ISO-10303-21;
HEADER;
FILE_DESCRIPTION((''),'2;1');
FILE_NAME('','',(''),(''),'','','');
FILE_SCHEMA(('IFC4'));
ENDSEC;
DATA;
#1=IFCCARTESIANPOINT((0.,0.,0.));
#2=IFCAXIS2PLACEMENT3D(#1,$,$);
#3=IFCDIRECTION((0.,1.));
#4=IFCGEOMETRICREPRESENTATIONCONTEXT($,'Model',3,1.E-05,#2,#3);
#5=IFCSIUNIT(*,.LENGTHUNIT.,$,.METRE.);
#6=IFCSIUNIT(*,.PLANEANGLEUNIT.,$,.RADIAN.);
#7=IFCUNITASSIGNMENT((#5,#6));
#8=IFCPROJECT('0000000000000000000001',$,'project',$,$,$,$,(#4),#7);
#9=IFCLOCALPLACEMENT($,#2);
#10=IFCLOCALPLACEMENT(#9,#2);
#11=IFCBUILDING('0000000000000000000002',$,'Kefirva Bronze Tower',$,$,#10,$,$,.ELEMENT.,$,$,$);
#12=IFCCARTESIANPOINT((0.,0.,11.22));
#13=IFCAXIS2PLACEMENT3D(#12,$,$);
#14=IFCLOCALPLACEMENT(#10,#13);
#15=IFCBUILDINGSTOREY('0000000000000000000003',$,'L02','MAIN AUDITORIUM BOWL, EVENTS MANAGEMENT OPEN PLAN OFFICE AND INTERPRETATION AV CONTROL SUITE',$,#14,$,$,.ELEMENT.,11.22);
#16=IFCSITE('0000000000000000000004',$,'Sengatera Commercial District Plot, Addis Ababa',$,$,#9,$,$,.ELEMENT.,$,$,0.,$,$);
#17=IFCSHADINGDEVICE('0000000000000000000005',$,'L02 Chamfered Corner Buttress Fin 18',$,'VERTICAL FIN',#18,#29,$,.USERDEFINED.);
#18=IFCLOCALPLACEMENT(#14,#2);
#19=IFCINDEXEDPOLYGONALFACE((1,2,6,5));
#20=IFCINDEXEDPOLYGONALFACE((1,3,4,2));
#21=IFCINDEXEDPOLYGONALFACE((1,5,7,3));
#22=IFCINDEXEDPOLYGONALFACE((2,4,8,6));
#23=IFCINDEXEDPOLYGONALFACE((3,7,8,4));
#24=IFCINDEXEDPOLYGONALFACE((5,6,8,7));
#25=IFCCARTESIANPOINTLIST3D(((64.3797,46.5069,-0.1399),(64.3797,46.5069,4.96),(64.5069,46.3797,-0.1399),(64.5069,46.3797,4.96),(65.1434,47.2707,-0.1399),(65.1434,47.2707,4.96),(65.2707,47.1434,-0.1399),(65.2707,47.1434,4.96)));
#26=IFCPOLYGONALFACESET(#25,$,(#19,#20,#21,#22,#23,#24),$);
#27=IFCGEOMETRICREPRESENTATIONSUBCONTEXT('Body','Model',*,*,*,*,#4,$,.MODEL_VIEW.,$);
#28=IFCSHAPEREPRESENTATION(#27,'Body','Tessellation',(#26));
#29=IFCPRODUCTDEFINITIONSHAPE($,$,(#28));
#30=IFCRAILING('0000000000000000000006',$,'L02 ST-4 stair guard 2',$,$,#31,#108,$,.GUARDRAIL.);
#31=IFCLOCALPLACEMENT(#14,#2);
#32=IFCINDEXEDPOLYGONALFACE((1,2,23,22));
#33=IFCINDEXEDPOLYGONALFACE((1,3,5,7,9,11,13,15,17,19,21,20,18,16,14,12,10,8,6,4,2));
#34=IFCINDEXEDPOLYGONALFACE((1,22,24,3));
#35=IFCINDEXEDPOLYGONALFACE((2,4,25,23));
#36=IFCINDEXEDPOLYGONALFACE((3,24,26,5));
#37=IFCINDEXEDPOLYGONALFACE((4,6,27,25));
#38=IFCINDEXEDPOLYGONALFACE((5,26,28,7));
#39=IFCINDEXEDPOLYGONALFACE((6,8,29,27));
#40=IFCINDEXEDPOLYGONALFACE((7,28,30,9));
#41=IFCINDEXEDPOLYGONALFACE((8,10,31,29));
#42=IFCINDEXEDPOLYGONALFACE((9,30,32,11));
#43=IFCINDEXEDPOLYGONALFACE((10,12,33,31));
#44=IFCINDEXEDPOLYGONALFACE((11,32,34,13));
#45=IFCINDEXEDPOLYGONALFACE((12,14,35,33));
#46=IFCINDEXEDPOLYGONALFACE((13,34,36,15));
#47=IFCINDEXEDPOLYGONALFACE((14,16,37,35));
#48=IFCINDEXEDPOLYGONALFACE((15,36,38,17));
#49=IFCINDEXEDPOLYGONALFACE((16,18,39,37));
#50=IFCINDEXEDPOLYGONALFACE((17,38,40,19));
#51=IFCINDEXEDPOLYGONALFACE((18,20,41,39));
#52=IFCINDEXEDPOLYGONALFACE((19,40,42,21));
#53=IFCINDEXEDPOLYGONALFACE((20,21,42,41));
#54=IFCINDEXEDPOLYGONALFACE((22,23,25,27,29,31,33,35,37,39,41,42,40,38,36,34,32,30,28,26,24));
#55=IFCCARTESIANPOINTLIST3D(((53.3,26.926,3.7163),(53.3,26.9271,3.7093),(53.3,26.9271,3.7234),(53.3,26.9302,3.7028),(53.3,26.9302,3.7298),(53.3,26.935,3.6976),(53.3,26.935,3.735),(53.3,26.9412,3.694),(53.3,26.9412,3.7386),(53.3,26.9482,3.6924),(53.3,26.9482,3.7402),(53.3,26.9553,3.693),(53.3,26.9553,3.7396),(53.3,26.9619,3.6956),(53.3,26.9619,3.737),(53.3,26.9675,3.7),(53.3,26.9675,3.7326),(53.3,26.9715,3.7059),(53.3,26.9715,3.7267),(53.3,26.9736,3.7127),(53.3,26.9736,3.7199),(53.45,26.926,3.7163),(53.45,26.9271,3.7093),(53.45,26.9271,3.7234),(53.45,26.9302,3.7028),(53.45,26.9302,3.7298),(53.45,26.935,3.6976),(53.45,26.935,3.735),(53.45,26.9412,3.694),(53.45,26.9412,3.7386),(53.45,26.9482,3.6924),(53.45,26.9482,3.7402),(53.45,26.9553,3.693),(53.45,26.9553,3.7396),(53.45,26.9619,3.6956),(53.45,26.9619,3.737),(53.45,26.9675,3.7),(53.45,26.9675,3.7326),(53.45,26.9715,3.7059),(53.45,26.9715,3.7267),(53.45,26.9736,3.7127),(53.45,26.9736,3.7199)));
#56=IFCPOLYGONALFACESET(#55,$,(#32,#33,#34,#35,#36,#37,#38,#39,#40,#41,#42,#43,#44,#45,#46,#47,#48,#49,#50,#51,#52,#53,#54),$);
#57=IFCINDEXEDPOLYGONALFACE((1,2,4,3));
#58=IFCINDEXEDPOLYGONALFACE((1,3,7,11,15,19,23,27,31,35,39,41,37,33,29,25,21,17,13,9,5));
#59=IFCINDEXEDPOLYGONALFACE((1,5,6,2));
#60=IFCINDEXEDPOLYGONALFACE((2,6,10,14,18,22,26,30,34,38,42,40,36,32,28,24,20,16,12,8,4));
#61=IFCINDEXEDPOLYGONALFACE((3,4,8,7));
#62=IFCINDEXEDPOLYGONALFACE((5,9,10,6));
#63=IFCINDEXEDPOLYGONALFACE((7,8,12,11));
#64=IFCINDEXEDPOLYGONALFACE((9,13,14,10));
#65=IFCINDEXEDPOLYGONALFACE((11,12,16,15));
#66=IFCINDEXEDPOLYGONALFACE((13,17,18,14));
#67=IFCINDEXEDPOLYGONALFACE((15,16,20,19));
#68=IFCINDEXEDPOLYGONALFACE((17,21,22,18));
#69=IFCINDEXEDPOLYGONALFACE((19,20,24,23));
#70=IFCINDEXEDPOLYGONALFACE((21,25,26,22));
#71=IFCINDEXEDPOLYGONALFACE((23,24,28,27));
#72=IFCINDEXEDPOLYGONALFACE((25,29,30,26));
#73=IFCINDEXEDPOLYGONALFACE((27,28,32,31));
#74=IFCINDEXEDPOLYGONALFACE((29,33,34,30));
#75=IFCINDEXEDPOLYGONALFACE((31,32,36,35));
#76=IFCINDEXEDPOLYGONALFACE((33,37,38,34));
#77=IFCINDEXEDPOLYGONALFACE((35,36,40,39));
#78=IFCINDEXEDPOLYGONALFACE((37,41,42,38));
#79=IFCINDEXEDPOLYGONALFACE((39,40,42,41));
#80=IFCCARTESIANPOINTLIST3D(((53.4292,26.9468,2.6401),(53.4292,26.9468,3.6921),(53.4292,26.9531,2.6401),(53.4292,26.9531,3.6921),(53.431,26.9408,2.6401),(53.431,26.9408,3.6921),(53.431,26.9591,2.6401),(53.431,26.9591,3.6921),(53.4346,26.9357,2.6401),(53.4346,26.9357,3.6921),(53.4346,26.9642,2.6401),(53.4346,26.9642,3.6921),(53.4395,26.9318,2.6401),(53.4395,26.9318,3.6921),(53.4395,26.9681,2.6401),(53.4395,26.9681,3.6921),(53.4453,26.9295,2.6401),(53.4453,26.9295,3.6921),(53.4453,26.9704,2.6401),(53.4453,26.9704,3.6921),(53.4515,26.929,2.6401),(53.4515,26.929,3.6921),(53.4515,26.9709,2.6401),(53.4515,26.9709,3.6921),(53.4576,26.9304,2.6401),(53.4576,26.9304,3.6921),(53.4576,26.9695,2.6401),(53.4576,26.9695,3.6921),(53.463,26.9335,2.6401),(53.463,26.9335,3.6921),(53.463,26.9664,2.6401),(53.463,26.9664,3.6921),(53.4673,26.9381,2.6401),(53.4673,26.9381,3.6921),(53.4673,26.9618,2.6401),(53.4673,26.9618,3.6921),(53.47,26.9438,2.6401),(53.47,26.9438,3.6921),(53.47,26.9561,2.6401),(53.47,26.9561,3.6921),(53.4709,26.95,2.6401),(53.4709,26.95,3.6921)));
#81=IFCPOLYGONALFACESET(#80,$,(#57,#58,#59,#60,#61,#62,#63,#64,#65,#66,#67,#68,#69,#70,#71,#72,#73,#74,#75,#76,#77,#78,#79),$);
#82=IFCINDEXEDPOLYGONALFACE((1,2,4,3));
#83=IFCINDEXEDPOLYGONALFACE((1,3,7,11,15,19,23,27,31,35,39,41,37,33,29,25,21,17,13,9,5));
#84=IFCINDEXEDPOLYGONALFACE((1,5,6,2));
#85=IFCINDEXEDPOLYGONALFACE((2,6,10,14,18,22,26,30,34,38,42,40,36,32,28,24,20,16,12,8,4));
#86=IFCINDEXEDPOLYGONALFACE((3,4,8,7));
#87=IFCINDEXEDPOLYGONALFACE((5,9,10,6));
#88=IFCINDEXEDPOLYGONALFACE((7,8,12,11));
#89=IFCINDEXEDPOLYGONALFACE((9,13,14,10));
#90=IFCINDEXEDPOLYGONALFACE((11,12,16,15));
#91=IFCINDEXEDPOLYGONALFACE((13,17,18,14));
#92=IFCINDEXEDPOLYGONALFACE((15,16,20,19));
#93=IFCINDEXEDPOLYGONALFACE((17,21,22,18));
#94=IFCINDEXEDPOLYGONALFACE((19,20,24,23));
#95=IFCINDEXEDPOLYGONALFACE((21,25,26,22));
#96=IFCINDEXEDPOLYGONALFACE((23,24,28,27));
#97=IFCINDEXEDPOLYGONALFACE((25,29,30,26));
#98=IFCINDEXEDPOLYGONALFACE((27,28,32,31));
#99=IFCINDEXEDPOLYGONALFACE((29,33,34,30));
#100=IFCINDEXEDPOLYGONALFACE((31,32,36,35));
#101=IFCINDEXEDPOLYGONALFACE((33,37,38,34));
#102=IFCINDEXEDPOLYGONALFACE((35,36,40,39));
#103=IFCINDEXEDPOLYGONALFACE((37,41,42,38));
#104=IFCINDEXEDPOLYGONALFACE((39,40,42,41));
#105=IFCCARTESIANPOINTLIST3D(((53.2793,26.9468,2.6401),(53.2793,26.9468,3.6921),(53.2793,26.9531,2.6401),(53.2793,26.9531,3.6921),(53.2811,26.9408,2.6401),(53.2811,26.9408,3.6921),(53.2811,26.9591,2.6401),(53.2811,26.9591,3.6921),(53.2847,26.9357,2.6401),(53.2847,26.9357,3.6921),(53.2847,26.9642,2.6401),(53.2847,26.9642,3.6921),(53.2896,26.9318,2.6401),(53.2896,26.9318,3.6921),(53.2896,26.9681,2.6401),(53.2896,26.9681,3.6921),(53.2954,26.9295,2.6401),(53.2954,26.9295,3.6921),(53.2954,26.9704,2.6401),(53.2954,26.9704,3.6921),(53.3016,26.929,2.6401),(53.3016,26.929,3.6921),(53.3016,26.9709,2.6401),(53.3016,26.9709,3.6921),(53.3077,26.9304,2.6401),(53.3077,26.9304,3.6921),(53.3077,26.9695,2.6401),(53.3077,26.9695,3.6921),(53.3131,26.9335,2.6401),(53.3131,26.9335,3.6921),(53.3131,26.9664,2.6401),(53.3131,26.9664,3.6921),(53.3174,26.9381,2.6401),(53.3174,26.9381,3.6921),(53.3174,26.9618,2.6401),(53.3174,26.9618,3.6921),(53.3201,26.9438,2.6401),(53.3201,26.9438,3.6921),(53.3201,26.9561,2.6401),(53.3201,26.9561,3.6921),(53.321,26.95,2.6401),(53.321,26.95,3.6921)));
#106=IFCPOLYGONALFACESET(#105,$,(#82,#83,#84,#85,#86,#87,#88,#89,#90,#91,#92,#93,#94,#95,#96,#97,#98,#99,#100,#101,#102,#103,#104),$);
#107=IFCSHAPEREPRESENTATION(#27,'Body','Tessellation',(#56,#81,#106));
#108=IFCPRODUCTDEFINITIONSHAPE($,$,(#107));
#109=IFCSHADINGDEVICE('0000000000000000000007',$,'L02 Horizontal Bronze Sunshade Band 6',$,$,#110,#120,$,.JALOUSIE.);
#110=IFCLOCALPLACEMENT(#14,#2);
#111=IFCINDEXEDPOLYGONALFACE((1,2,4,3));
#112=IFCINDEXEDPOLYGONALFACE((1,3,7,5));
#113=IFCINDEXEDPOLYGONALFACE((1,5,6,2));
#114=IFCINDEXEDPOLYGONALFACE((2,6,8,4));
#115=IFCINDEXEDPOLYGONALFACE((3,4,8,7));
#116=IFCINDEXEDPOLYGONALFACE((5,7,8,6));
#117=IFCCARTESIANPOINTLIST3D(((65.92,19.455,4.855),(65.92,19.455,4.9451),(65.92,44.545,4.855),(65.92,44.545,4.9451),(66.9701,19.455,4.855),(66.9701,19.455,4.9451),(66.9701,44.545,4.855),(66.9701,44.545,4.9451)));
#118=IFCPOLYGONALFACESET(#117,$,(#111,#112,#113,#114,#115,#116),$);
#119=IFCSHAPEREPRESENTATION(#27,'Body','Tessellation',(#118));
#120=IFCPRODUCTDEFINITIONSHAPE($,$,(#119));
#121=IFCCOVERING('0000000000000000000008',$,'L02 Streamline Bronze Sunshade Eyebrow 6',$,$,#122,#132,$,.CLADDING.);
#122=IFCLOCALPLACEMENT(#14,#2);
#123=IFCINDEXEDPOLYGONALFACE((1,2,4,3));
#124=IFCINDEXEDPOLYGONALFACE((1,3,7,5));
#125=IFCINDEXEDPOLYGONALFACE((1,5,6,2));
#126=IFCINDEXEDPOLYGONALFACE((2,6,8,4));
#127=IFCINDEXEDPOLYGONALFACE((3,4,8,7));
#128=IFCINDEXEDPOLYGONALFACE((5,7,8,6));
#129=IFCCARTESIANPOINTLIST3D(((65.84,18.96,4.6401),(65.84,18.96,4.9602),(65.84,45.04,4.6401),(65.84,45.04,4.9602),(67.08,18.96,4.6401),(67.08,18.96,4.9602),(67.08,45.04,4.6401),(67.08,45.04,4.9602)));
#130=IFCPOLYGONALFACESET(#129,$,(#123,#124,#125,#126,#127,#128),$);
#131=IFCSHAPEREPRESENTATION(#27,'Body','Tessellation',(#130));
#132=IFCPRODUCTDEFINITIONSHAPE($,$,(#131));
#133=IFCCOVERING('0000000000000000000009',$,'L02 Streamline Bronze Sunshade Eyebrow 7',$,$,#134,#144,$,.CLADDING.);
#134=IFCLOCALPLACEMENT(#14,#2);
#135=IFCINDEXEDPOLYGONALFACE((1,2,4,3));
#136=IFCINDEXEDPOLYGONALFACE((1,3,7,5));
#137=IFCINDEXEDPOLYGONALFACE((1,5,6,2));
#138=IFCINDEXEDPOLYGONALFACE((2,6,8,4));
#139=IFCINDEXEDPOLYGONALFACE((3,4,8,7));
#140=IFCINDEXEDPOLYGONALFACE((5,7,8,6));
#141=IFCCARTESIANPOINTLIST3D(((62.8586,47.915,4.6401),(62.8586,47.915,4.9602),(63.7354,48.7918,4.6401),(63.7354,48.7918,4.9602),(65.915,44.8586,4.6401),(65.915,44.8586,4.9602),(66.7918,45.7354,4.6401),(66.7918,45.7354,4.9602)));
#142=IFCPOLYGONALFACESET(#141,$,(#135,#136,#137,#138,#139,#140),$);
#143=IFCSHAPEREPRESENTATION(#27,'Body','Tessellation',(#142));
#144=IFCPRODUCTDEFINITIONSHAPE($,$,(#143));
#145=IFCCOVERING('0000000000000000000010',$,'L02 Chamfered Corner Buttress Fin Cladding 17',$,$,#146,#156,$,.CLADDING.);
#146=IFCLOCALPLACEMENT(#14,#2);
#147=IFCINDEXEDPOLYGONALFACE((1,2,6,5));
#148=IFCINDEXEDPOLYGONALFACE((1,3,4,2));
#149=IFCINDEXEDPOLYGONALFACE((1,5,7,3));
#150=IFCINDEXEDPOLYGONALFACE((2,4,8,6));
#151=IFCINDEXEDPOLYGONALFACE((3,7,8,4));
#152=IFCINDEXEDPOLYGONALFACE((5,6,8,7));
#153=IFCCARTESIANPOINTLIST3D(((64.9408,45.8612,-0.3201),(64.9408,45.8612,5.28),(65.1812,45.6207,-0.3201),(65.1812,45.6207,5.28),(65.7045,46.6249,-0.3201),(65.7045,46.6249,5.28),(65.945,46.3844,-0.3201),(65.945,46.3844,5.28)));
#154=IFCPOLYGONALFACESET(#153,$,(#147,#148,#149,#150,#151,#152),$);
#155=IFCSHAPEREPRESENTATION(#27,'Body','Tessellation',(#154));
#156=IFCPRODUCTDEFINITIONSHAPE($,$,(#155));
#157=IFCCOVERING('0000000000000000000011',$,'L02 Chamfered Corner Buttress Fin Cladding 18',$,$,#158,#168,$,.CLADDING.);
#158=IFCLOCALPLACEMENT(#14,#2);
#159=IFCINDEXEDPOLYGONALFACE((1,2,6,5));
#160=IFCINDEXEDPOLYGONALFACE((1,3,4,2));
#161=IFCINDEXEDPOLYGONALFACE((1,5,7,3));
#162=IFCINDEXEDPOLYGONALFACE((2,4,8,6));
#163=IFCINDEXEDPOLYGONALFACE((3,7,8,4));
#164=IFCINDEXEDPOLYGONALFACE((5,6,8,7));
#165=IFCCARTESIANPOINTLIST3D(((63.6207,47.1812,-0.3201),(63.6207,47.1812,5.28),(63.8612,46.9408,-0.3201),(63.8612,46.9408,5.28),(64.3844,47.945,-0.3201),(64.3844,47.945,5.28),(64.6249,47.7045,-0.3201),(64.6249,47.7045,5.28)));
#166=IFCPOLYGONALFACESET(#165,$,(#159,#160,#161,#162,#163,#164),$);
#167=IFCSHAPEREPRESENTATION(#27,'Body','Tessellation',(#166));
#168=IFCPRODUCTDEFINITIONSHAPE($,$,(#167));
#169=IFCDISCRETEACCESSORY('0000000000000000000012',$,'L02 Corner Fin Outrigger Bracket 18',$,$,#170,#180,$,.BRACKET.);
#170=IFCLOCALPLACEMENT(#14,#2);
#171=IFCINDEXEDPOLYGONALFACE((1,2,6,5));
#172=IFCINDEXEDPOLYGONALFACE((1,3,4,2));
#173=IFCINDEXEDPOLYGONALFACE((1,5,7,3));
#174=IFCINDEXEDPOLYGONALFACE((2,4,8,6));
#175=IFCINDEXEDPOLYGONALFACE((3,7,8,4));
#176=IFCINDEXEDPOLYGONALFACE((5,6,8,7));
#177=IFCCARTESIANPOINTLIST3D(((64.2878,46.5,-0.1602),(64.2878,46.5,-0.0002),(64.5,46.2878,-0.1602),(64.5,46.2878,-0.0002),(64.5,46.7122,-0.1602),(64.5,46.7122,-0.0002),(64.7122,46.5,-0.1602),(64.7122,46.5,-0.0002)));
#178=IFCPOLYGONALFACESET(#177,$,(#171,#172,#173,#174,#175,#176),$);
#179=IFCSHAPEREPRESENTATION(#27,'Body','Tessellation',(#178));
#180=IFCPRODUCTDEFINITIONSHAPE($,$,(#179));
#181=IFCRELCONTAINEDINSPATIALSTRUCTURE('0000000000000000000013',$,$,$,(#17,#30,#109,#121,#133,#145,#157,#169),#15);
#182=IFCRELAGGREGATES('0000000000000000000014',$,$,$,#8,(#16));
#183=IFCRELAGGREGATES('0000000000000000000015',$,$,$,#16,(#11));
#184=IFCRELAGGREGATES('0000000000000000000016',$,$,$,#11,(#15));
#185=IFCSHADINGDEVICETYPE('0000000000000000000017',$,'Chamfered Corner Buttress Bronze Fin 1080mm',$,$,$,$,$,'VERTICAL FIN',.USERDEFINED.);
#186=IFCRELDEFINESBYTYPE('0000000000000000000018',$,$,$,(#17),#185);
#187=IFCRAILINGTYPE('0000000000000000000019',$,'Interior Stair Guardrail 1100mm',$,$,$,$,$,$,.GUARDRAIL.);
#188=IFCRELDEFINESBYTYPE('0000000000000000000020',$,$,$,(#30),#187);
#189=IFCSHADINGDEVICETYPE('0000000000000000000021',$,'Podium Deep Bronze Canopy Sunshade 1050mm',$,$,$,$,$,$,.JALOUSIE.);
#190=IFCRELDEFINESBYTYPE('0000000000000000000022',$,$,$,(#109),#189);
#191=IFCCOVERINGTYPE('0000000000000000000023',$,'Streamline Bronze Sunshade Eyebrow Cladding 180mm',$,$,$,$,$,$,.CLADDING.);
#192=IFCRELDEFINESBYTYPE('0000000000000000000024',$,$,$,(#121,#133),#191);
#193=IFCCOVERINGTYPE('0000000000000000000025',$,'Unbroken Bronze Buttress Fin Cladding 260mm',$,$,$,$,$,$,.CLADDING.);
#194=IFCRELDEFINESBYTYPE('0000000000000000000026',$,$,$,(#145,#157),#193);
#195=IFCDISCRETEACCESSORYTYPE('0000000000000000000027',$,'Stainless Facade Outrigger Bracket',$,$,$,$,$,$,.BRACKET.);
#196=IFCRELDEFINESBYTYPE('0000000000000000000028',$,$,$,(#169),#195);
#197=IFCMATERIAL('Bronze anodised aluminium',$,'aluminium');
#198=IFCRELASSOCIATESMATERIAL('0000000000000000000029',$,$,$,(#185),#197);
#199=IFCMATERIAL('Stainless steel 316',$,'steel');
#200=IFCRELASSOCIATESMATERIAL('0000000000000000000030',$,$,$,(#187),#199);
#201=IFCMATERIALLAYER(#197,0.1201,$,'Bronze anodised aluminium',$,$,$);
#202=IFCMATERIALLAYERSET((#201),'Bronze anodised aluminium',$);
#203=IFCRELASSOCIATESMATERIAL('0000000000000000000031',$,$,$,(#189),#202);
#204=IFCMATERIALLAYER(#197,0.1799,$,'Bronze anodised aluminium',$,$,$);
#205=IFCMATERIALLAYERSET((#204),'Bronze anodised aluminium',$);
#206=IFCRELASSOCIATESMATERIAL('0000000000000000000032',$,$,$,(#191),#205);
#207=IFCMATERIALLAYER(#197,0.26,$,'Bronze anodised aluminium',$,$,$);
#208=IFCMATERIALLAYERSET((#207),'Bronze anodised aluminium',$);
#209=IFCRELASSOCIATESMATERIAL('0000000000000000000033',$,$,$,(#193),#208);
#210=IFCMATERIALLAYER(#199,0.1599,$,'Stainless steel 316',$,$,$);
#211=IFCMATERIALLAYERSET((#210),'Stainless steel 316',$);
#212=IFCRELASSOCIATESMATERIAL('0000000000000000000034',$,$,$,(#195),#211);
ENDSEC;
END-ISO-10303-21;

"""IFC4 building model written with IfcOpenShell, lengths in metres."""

from ifc_helpers import new_model, si_unit, direction, frame, origin, origin_2d, place, context, subcontext, project, spatial, rectangle, circle, extrude, material, layer, layer_set, material_profile, profile_set, type_object, element, save


model = new_model("IFC4")

# Units and contexts
model_context = context("Model", 3, precision=1e-05, world=origin(), true_north=direction((0.0, 1.0)))
body_context = subcontext(model_context, "Body", "Model", "MODEL_VIEW")
ifc_project = project(units=[si_unit("LENGTHUNIT", "METRE"), si_unit("PLANEANGLEUNIT", "RADIAN")], contexts=[model_context])

# Site, building, storey
site_placement = place(None, origin())
site = spatial("IfcSite", under=ifc_project, at=site_placement, Name="Sengatera Commercial District Plot, Addis Ababa", CompositionType="ELEMENT", RefElevation=0.0)
building_placement = place(site_placement, origin())
building = spatial("IfcBuilding", under=site, at=building_placement, Name="Kefirva Bronze Tower", CompositionType="ELEMENT")
storey_placement = place(building_placement, frame((0.0, 0.0, 11.22)))
storey = spatial("IfcBuildingStorey", under=building, at=storey_placement, Name="L02", Description="MAIN AUDITORIUM BOWL, EVENTS MANAGEMENT OPEN PLAN OFFICE AND INTERPRETATION AV CONTROL SUITE", CompositionType="ELEMENT", Elevation=11.22)

# Shared definitions
ifc_material_1 = material(Name="Bronze anodised aluminium", Category="aluminium")

# Shading device
ifc_material_profile_1 = material_profile(ifc_material_1, rectangle(XDim=0.1799, YDim=1.0801, at=origin_2d()), Name="BRONZE BUTTRESS FIN 180x1080")
ifc_profile_set_1 = profile_set([ifc_material_profile_1], Name="Bronze anodised aluminium")
shading_device_type_1 = type_object("IfcShadingDeviceType", Name="Chamfered Corner Buttress Bronze Fin 1080mm", ElementType="VERTICAL FIN", PredefinedType="USERDEFINED", material=ifc_profile_set_1)
shading_device_1_placement = place(storey_placement, frame((64.8252, 46.8252, -0.1399), z_axis=(0.0, 0.0, 1.0), x_axis=(-0.707107, 0.707107, 0.0)))
element("IfcShadingDevice", 1, at=shading_device_1_placement, inside=storey, type_object=shading_device_type_1, Name="L02 Chamfered Corner Buttress Fin 18", ObjectType="VERTICAL FIN", PredefinedType="USERDEFINED", context=body_context, shape_type="SweptSolid", body=[
    extrude(rectangle(XDim=0.1799, YDim=1.0801, at=origin_2d()), origin(), (0.0, 0.0, 1.0), 5.0999),
])

# Railing
ifc_material_2 = material(Name="Stainless steel 316", Category="steel")
railing_type = type_object("IfcRailingType", Name="Interior Stair Guardrail 1100mm", PredefinedType="GUARDRAIL", material=ifc_material_2)
railing_placement = place(storey_placement, frame((53.45, 26.95, 2.6401)))
element("IfcRailing", 2, at=railing_placement, inside=storey, type_object=railing_type, Name="L02 ST-4 stair guard 2", PredefinedType="GUARDRAIL", context=body_context, shape_type="SweptSolid", body=[
    extrude(circle(Radius=0.0239, at=origin_2d()), frame((0.0, 0.0, 1.0762), z_axis=(-1.0, 0.0, 0.0), x_axis=(0.0, -1.0, 0.0)), (0.0, 0.0, 1.0), 0.1499),
    extrude(circle(Radius=0.021, at=origin_2d()), origin(), (0.0, 0.0, 1.0), 1.052),
    extrude(circle(Radius=0.021, at=origin_2d()), frame((-0.1499, 0.0, 0.0)), (0.0, 0.0, 1.0), 1.052),
])

# Shading device
ifc_layer_1 = layer(ifc_material_1, 0.1201, Name="Bronze anodised aluminium")
ifc_layer_set_1 = layer_set([ifc_layer_1], Name="Bronze anodised aluminium")
shading_device_type_2 = type_object("IfcShadingDeviceType", Name="Podium Deep Bronze Canopy Sunshade 1050mm", PredefinedType="JALOUSIE", material=ifc_layer_set_1)
shading_device_2_placement = place(storey_placement, frame((66.4451, 32.0, 4.855), z_axis=(0.0, 0.0, 1.0), x_axis=(0.0, 1.0, 0.0)))
element("IfcShadingDevice", 3, at=shading_device_2_placement, inside=storey, type_object=shading_device_type_2, Name="L02 Horizontal Bronze Sunshade Band 6", PredefinedType="JALOUSIE", context=body_context, shape_type="SweptSolid", body=[
    extrude(rectangle(XDim=25.0901, YDim=1.05, at=origin_2d()), origin(), (0.0, 0.0, 1.0), 0.0901),
])

# Coverings
ifc_layer_2 = layer(ifc_material_1, 0.1799, Name="Bronze anodised aluminium")
ifc_layer_set_2 = layer_set([ifc_layer_2], Name="Bronze anodised aluminium")
covering_type_1 = type_object("IfcCoveringType", Name="Streamline Bronze Sunshade Eyebrow Cladding 180mm", PredefinedType="CLADDING", material=ifc_layer_set_2)
covering_1_placement = place(storey_placement, frame((66.46, 32.0, 4.6401), z_axis=(0.0, 0.0, 1.0), x_axis=(0.0, 1.0, 0.0)))
element("IfcCovering", 4, at=covering_1_placement, inside=storey, type_object=covering_type_1, Name="L02 Streamline Bronze Sunshade Eyebrow 6", PredefinedType="CLADDING", context=body_context, shape_type="SweptSolid", body=[
    extrude(rectangle(XDim=26.0801, YDim=1.24, at=origin_2d()), origin(), (0.0, 0.0, 1.0), 0.3201),
])
covering_2_placement = place(storey_placement, frame((64.8252, 46.8252, 4.6401), z_axis=(0.0, 0.0, 1.0), x_axis=(-0.707107, 0.707107, 0.0)))
element("IfcCovering", 5, at=covering_2_placement, inside=storey, type_object=covering_type_1, Name="L02 Streamline Bronze Sunshade Eyebrow 7", PredefinedType="CLADDING", context=body_context, shape_type="SweptSolid", body=[
    extrude(rectangle(XDim=4.3225, YDim=1.24, at=origin_2d()), origin(), (0.0, 0.0, 1.0), 0.3201),
])
ifc_layer_3 = layer(ifc_material_1, 0.26, Name="Bronze anodised aluminium")
ifc_layer_set_3 = layer_set([ifc_layer_3], Name="Bronze anodised aluminium")
covering_type_2 = type_object("IfcCoveringType", Name="Unbroken Bronze Buttress Fin Cladding 260mm", PredefinedType="CLADDING", material=ifc_layer_set_3)
for number, where, z_axis, x_axis, name in (
    (6, (65.4429, 46.1228, -0.3201), (0.0, 0.0, 1.0), (-0.707107, 0.707107, 0.0), "L02 Chamfered Corner Buttress Fin Cladding 17"),
    (7, (64.1228, 47.4429, -0.3201), (0.0, 0.0, 1.0), (-0.707107, 0.707107, 0.0), "L02 Chamfered Corner Buttress Fin Cladding 18"),
):
    element("IfcCovering", number, at=place(storey_placement, frame(where, z_axis=z_axis, x_axis=x_axis)), inside=storey, type_object=covering_type_2, Name=name, PredefinedType="CLADDING", context=body_context, shape_type="SweptSolid", body=[
        extrude(rectangle(XDim=0.3401, YDim=1.0801, at=origin_2d()), origin(), (0.0, 0.0, 1.0), 5.6001),
    ])

# Discrete accessory
ifc_layer_4 = layer(ifc_material_2, 0.1599, Name="Stainless steel 316")
ifc_layer_set_4 = layer_set([ifc_layer_4], Name="Stainless steel 316")
discrete_accessory_type = type_object("IfcDiscreteAccessoryType", Name="Stainless Facade Outrigger Bracket", PredefinedType="BRACKET", material=ifc_layer_set_4)
discrete_accessory_placement = place(storey_placement, frame((64.5, 46.5, -0.1602), z_axis=(0.0, 0.0, 1.0), x_axis=(-0.707107, 0.707107, 0.0)))
element("IfcDiscreteAccessory", 8, at=discrete_accessory_placement, inside=storey, type_object=discrete_accessory_type, Name="L02 Corner Fin Outrigger Bracket 18", PredefinedType="BRACKET", context=body_context, shape_type="SweptSolid", body=[
    extrude(rectangle(XDim=0.3, YDim=0.3, at=origin_2d()), origin(), (0.0, 0.0, 1.0), 0.1599),
])

save(model, "model.ifc")
